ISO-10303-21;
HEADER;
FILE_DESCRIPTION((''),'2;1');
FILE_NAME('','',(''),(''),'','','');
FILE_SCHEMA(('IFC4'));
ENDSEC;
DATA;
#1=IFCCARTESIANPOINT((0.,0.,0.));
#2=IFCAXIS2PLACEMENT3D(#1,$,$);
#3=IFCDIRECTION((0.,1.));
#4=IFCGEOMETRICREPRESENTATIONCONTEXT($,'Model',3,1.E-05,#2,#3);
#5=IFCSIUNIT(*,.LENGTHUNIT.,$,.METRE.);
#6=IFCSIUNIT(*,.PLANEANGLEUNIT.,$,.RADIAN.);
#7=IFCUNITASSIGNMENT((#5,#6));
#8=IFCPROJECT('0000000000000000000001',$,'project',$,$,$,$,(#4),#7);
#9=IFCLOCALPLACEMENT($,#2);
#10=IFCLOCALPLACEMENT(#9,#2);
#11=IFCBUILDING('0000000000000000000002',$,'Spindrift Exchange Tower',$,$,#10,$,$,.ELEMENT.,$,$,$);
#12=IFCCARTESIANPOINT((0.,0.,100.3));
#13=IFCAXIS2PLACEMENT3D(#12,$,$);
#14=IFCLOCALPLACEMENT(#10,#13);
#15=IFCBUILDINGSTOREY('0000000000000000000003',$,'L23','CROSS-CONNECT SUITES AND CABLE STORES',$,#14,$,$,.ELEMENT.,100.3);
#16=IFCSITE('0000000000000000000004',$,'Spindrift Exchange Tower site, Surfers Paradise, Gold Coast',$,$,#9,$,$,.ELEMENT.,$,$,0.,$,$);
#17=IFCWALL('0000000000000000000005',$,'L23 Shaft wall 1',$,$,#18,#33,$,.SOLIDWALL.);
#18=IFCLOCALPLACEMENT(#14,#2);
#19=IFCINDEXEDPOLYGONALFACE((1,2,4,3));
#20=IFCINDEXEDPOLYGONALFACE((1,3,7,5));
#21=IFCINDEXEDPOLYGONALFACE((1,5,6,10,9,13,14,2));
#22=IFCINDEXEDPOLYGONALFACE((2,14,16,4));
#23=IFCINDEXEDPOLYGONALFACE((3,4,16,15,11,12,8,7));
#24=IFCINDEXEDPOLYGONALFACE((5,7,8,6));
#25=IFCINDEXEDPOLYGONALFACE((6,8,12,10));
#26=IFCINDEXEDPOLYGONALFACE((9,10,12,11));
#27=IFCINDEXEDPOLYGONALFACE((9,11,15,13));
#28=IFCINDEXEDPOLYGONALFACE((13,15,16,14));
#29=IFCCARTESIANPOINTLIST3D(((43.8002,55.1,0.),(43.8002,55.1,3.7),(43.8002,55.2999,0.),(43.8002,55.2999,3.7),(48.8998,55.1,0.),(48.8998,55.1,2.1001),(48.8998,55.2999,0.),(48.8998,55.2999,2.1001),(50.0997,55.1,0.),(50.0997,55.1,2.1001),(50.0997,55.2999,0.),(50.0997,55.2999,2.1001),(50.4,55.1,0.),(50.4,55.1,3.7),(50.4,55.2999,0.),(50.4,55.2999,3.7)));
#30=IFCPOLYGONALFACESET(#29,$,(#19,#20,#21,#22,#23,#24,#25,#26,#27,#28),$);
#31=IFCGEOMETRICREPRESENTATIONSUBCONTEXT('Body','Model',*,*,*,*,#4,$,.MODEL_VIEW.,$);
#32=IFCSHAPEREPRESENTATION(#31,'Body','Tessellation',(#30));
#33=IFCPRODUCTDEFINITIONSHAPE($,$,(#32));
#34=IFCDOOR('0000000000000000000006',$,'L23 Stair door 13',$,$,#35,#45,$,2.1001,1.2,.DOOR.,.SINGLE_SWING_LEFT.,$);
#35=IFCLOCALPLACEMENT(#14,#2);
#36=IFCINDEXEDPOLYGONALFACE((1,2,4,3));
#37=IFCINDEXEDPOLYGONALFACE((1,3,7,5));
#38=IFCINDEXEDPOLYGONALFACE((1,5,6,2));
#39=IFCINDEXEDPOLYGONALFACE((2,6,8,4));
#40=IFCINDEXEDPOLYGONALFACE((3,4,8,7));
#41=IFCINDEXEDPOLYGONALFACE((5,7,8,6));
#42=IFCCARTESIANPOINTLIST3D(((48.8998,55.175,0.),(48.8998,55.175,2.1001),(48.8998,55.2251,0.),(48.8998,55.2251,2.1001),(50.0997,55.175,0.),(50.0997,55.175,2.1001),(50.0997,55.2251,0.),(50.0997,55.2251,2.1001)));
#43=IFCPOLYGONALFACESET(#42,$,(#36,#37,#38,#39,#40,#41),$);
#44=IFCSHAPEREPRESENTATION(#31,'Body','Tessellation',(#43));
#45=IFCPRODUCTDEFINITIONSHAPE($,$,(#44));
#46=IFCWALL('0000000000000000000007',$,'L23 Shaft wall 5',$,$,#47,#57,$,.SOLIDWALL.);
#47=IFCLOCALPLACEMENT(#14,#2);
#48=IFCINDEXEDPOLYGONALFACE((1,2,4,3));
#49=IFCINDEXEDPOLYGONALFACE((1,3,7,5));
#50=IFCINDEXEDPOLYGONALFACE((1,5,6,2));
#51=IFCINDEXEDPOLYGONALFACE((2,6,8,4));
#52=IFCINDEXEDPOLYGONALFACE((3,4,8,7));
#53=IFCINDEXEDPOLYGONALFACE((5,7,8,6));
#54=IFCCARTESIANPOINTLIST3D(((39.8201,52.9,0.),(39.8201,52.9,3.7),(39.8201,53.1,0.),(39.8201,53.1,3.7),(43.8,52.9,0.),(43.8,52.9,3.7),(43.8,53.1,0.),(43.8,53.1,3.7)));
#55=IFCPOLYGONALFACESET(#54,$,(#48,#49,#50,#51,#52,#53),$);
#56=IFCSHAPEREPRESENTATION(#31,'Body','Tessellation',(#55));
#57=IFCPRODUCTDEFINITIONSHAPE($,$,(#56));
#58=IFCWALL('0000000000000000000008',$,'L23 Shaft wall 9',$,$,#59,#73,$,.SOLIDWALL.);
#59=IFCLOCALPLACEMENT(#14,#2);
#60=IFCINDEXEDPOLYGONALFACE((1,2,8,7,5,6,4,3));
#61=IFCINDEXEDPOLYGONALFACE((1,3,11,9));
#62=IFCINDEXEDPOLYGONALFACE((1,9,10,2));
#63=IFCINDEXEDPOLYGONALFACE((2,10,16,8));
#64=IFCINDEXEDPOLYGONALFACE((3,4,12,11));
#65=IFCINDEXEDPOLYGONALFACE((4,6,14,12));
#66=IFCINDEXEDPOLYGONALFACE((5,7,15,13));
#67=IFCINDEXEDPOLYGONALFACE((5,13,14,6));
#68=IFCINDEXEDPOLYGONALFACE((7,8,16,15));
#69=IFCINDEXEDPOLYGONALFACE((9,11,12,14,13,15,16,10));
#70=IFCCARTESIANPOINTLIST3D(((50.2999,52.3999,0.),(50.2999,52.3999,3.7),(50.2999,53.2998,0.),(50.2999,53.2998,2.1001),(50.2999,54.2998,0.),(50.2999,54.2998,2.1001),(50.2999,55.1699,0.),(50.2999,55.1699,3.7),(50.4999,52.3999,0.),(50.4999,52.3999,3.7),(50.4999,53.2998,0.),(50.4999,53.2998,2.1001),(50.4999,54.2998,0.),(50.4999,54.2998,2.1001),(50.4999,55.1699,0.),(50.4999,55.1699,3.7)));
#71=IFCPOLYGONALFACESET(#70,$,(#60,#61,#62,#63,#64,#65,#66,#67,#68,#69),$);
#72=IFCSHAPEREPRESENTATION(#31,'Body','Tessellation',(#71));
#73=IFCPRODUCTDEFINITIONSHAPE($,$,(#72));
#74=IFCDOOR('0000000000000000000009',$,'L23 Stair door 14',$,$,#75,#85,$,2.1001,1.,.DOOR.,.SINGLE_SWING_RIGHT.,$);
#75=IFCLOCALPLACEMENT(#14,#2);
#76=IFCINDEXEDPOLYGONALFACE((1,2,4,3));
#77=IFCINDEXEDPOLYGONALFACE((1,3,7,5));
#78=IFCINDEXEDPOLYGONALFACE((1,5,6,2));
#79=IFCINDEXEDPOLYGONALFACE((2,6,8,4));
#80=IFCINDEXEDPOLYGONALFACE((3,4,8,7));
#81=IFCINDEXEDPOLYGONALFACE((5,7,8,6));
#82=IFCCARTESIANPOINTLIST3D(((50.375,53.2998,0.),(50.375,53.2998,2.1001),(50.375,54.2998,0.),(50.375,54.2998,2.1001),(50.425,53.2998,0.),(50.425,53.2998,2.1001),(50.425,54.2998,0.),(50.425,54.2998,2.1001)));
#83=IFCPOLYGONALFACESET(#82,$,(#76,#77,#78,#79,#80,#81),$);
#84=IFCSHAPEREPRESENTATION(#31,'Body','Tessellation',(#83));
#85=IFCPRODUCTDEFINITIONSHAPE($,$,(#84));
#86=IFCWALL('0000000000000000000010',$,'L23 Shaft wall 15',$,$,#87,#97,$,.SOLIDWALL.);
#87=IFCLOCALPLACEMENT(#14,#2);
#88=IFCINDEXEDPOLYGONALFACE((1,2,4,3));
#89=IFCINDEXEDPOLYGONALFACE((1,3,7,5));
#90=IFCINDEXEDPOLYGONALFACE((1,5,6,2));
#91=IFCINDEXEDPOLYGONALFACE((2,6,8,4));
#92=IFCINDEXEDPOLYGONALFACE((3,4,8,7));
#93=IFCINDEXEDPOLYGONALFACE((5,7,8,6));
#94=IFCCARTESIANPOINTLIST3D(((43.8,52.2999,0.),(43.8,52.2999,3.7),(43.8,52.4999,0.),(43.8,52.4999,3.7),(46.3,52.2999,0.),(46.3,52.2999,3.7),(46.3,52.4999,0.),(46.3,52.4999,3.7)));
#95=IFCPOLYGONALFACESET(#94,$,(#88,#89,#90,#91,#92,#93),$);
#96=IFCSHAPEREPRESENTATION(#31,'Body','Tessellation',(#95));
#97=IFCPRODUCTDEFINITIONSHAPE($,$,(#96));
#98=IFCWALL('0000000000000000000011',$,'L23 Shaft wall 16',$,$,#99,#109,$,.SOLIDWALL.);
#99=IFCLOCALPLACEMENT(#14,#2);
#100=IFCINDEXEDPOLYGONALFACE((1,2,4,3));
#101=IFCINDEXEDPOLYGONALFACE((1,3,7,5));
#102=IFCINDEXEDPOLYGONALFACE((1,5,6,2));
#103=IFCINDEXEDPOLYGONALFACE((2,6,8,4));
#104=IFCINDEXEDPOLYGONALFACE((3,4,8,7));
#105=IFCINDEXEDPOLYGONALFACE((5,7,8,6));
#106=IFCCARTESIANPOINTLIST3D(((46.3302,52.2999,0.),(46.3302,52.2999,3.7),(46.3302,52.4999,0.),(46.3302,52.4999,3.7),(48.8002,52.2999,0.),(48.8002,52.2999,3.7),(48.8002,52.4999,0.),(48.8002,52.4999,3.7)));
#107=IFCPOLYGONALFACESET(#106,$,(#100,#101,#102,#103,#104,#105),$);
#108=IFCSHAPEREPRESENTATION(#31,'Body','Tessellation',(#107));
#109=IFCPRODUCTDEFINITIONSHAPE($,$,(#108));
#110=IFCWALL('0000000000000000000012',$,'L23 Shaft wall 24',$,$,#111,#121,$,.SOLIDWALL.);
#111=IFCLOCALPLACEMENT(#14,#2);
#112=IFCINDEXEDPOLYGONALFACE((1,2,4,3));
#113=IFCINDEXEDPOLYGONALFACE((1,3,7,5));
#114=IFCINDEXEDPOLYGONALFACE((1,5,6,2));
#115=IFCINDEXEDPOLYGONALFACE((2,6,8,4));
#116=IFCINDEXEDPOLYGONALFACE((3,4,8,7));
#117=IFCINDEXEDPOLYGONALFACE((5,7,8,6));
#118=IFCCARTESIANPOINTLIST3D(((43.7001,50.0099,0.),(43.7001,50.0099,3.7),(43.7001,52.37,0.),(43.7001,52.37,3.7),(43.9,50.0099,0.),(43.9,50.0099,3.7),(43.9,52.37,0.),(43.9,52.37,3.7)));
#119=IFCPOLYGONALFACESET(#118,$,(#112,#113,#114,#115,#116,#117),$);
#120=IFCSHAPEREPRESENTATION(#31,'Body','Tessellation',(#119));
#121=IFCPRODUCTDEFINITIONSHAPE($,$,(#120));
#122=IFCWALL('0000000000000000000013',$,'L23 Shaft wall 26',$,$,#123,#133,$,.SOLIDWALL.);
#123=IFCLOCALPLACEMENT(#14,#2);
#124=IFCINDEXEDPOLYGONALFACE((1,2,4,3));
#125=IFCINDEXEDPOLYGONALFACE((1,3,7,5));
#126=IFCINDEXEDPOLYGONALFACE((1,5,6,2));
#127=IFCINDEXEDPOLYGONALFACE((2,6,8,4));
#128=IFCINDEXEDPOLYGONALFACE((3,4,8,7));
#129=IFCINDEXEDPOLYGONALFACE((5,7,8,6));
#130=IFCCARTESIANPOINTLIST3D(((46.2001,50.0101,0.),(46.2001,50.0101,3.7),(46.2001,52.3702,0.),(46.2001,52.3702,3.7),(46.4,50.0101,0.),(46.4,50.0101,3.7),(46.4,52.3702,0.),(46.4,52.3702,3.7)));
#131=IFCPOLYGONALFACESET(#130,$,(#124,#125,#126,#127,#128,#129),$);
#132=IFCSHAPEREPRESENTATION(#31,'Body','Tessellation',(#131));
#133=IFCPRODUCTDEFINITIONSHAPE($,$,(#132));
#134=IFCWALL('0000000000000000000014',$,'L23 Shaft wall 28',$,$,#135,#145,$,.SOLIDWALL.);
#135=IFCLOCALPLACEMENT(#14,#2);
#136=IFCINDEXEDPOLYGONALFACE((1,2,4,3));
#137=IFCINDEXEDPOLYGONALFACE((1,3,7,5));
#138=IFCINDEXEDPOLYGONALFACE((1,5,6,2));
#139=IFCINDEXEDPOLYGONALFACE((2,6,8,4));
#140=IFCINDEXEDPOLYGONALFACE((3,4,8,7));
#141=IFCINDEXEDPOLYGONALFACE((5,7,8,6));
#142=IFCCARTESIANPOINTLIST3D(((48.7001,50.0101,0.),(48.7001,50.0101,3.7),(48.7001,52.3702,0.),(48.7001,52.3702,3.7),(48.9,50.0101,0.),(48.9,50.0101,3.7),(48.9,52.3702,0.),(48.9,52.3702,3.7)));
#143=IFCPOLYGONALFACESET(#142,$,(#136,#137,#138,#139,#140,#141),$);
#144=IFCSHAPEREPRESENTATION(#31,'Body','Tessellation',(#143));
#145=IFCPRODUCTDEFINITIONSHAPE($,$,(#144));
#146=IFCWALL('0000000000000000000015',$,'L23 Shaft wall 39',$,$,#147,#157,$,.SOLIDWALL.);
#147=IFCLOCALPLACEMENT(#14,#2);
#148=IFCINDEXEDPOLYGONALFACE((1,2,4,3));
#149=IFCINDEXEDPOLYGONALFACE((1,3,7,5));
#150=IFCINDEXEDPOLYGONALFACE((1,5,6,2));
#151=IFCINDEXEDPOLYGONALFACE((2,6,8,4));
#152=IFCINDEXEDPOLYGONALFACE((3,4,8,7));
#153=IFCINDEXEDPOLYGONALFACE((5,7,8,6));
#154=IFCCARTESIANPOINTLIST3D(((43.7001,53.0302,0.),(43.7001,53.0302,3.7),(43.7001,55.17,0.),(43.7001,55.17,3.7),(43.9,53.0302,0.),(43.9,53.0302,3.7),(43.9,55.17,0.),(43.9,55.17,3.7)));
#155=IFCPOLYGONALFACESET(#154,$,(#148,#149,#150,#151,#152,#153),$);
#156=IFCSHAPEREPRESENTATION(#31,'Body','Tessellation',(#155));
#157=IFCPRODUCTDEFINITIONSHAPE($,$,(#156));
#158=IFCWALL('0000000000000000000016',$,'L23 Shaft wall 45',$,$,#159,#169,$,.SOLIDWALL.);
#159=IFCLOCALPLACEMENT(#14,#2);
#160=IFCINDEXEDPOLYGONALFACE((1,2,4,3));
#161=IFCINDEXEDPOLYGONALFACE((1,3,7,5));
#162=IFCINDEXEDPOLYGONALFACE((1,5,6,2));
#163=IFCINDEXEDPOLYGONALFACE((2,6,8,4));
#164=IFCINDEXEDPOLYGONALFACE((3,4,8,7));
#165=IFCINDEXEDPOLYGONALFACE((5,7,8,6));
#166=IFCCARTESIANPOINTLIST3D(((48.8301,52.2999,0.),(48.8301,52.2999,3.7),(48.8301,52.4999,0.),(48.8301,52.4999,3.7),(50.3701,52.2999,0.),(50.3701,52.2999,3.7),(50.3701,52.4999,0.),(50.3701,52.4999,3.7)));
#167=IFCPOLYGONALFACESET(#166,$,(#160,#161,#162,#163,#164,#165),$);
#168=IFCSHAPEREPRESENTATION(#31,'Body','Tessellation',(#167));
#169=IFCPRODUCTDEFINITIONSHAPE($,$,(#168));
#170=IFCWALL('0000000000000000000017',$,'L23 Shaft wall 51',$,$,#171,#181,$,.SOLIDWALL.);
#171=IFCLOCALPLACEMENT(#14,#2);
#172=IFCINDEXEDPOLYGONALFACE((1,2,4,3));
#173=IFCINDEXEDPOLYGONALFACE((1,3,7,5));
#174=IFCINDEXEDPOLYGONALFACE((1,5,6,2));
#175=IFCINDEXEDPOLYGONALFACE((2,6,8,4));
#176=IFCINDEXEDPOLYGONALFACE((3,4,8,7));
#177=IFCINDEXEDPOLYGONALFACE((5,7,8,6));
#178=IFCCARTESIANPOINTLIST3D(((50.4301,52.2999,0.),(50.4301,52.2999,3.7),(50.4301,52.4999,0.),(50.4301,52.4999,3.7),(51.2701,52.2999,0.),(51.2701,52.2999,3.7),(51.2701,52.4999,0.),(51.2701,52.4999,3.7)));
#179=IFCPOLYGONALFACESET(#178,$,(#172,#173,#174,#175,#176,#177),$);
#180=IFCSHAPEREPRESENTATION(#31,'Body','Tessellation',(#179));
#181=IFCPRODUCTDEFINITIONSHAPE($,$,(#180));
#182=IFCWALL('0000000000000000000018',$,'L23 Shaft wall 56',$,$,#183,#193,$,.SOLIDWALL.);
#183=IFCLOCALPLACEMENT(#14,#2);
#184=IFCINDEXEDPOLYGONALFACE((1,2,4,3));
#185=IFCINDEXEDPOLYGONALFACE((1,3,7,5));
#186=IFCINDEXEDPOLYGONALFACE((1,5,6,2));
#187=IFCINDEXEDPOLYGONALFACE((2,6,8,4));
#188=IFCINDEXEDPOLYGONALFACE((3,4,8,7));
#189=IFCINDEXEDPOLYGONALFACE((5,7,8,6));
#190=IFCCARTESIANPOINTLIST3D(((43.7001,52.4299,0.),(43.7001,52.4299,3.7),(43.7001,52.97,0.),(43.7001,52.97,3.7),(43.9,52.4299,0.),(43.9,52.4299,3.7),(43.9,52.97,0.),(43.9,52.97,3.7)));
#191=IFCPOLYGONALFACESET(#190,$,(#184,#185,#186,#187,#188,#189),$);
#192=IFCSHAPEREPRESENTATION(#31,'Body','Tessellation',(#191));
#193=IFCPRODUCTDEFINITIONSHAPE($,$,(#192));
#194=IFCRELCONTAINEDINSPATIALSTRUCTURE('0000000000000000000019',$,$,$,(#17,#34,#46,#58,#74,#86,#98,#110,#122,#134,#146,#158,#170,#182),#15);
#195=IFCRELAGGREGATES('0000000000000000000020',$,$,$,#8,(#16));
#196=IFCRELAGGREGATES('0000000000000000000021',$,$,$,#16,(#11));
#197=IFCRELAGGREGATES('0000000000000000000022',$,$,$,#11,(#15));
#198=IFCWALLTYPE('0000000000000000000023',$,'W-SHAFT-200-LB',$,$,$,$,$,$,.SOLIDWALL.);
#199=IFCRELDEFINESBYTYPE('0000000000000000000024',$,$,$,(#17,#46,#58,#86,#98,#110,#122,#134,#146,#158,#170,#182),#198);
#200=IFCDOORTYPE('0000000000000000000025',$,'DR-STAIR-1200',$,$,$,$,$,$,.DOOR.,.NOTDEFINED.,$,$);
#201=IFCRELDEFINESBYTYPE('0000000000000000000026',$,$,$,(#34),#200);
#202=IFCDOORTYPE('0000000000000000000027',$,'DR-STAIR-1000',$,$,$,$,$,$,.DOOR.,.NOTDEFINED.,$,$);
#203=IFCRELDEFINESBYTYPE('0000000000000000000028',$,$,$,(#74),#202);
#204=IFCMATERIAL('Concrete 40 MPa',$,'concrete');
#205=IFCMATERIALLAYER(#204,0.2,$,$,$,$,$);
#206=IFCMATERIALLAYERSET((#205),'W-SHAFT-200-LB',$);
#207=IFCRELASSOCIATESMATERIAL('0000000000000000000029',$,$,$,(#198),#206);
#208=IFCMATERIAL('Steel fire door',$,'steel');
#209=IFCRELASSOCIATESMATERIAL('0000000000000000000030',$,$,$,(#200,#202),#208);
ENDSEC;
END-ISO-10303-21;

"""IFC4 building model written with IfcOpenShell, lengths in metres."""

from ifc_helpers import new_model, si_unit, direction, frame, frame_2d, origin, place, context, subcontext, project, spatial, rectangle, extrude, source, transform, mapped, material, layer, layer_set, type_object, element, fill, save


model = new_model("IFC4")

# Units and contexts
model_context = context("Model", 3, precision=1e-05, world=origin(), true_north=direction((0.0, 1.0)))
body_context = subcontext(model_context, "Body", "Model", "MODEL_VIEW")
ifc_project = project(units=[si_unit("LENGTHUNIT", "METRE"), si_unit("PLANEANGLEUNIT", "RADIAN")], contexts=[model_context])

# Site, building, storey
site_placement = place(None, origin())
site = spatial("IfcSite", under=ifc_project, at=site_placement, Name="Spindrift Exchange Tower site, Surfers Paradise, Gold Coast", CompositionType="ELEMENT", RefElevation=0.0)
building_placement = place(site_placement, origin())
building = spatial("IfcBuilding", under=site, at=building_placement, Name="Spindrift Exchange Tower", CompositionType="ELEMENT")
storey_placement = place(building_placement, frame((0.0, 0.0, 100.3)))
storey = spatial("IfcBuildingStorey", under=building, at=storey_placement, Name="L23", Description="CROSS-CONNECT SUITES AND CABLE STORES", CompositionType="ELEMENT", Elevation=100.3)

# Shared definitions
ifc_material_1 = material(Name="Concrete 40 MPa", Category="concrete")

# Wall, opening, door
ifc_layer_1 = layer(ifc_material_1, 0.2)
ifc_layer_set_1 = layer_set([ifc_layer_1], Name="W-SHAFT-200-LB")
wall_type_1 = type_object("IfcWallType", Name="W-SHAFT-200-LB", PredefinedType="SOLIDWALL", material=ifc_layer_set_1)
wall_1_placement = place(storey_placement, frame((50.3999, 55.2, 0.0), z_axis=(0.0, 0.0, 1.0), x_axis=(-1.0, 0.0, 0.0)))
wall_1 = element("IfcWall", 1, at=wall_1_placement, inside=storey, type_object=wall_type_1, Name="L23 Shaft wall 1", PredefinedType="SOLIDWALL", context=body_context, shape_type="SweptSolid", body=[
    extrude(rectangle(XDim=6.5999, YDim=0.2, at=frame_2d((3.2998, 0.0))), origin(), (0.0, 0.0, 1.0), 3.7),
])
opening_1_placement = place(wall_1_placement, frame((0.3, 0.0, 0.0)))
opening_1 = element("IfcOpeningElement", 2, at=opening_1_placement, cuts=wall_1, PredefinedType="OPENING", context=body_context, shape_type="SweptSolid", body=[
    extrude(rectangle(XDim=1.2, YDim=2.1001, at=frame_2d((0.6001, 1.05))), frame((0.0, 0.1099, 0.0), z_axis=(0.0, -1.0, 0.0), x_axis=(1.0, 0.0, 0.0)), (0.0, 0.0, 1.0), 0.22),
])
ifc_material_2 = material(Name="Steel fire door", Category="steel")
door_type_1 = type_object("IfcDoorType", Name="DR-STAIR-1200", OperationType="NOTDEFINED", PredefinedType="DOOR", material=ifc_material_2)
shared_shape_1 = source(origin(), body_context, "Body", "SweptSolid", [
    extrude(rectangle(XDim=1.2, YDim=2.1001, at=frame_2d((0.6001, 1.05))), frame((0.0, 0.0249, 0.0), z_axis=(0.0, -1.0, 0.0), x_axis=(1.0, 0.0, 0.0)), (0.0, 0.0, 1.0), 0.05),
])
door_1_placement = place(opening_1_placement, origin())
door_1 = element("IfcDoor", 3, at=door_1_placement, inside=storey, type_object=door_type_1, Name="L23 Stair door 13", OperationType="SINGLE_SWING_LEFT", OverallHeight=2.1001, OverallWidth=1.2, PredefinedType="DOOR", context=body_context, shape_type="MappedRepresentation", body=[
    mapped(shared_shape_1, transform((0.0, 0.0, 0.0), scale=1.0)),
])
fill(opening_1, door_1)

# Wall
wall_2_placement = place(storey_placement, frame((43.8, 53.0, 0.0), z_axis=(0.0, 0.0, 1.0), x_axis=(-1.0, 0.0, 0.0)))
element("IfcWall", 4, at=wall_2_placement, inside=storey, type_object=wall_type_1, Name="L23 Shaft wall 5", PredefinedType="SOLIDWALL", context=body_context, shape_type="SweptSolid", body=[
    extrude(rectangle(XDim=3.98, YDim=0.2, at=frame_2d((1.99, 0.0))), origin(), (0.0, 0.0, 1.0), 3.7),
])

# Wall, opening, door
wall_3_placement = place(storey_placement, frame((50.3999, 52.3999, 0.0), z_axis=(0.0, 0.0, 1.0), x_axis=(0.0, 1.0, 0.0)))
wall_3 = element("IfcWall", 5, at=wall_3_placement, inside=storey, type_object=wall_type_1, Name="L23 Shaft wall 9", PredefinedType="SOLIDWALL", context=body_context, shape_type="SweptSolid", body=[
    extrude(rectangle(XDim=2.77, YDim=0.2, at=frame_2d((1.385, 0.0))), origin(), (0.0, 0.0, 1.0), 3.7),
])
opening_2_placement = place(wall_3_placement, frame((0.8999, 0.0, 0.0)))
opening_2 = element("IfcOpeningElement", 6, at=opening_2_placement, cuts=wall_3, PredefinedType="OPENING", context=body_context, shape_type="SweptSolid", body=[
    extrude(rectangle(XDim=1.0, YDim=2.1001, at=frame_2d((0.5, 1.05))), frame((0.0, 0.1099, 0.0), z_axis=(0.0, -1.0, 0.0), x_axis=(1.0, 0.0, 0.0)), (0.0, 0.0, 1.0), 0.22),
])
door_type_2 = type_object("IfcDoorType", Name="DR-STAIR-1000", OperationType="NOTDEFINED", PredefinedType="DOOR", material=ifc_material_2)
shared_shape_2 = source(origin(), body_context, "Body", "SweptSolid", [
    extrude(rectangle(XDim=1.0, YDim=2.1001, at=frame_2d((0.5, 1.05))), frame((0.0, 0.0249, 0.0), z_axis=(0.0, -1.0, 0.0), x_axis=(1.0, 0.0, 0.0)), (0.0, 0.0, 1.0), 0.05),
])
door_2_placement = place(opening_2_placement, origin())
door_2 = element("IfcDoor", 7, at=door_2_placement, inside=storey, type_object=door_type_2, Name="L23 Stair door 14", OperationType="SINGLE_SWING_RIGHT", OverallHeight=2.1001, OverallWidth=1.0, PredefinedType="DOOR", context=body_context, shape_type="MappedRepresentation", body=[
    mapped(shared_shape_2, transform((0.0, 0.0, 0.0), scale=1.0)),
])
fill(opening_2, door_2)

# Walls
wall_4_placement = place(storey_placement, frame((46.3, 52.3999, 0.0), z_axis=(0.0, 0.0, 1.0), x_axis=(-1.0, 0.0, 0.0)))
element("IfcWall", 8, at=wall_4_placement, inside=storey, type_object=wall_type_1, Name="L23 Shaft wall 15", PredefinedType="SOLIDWALL", context=body_context, shape_type="SweptSolid", body=[
    extrude(rectangle(XDim=2.5, YDim=0.2, at=frame_2d((1.25, 0.0))), origin(), (0.0, 0.0, 1.0), 3.7),
])
wall_5_placement = place(storey_placement, frame((48.8, 52.3999, 0.0), z_axis=(0.0, 0.0, 1.0), x_axis=(-1.0, 0.0, 0.0)))
element("IfcWall", 9, at=wall_5_placement, inside=storey, type_object=wall_type_1, Name="L23 Shaft wall 16", PredefinedType="SOLIDWALL", context=body_context, shape_type="SweptSolid", body=[
    extrude(rectangle(XDim=2.47, YDim=0.2, at=frame_2d((1.2349, 0.0))), origin(), (0.0, 0.0, 1.0), 3.7),
])
for number, where, z_axis, x_axis, name in (
    (10, (43.8, 52.3701, 0.0), (0.0, 0.0, 1.0), (0.0, -1.0, 0.0), "L23 Shaft wall 24"),
    (11, (46.3, 50.01, 0.0), (0.0, 0.0, 1.0), (0.0, 1.0, 0.0), "L23 Shaft wall 26"),
    (12, (48.8, 50.01, 0.0), (0.0, 0.0, 1.0), (0.0, 1.0, 0.0), "L23 Shaft wall 28"),
):
    element("IfcWall", number, at=place(storey_placement, frame(where, z_axis=z_axis, x_axis=x_axis)), inside=storey, type_object=wall_type_1, Name=name, PredefinedType="SOLIDWALL", context=body_context, shape_type="SweptSolid", body=[
        extrude(rectangle(XDim=2.3601, YDim=0.2, at=frame_2d((1.1802, 0.0))), origin(), (0.0, 0.0, 1.0), 3.7),
    ])
wall_6_placement = place(storey_placement, frame((43.8, 55.1699, 0.0), z_axis=(0.0, 0.0, 1.0), x_axis=(0.0, -1.0, 0.0)))
element("IfcWall", 13, at=wall_6_placement, inside=storey, type_object=wall_type_1, Name="L23 Shaft wall 39", PredefinedType="SOLIDWALL", context=body_context, shape_type="SweptSolid", body=[
    extrude(rectangle(XDim=2.1399, YDim=0.2, at=frame_2d((1.0698, 0.0))), origin(), (0.0, 0.0, 1.0), 3.7),
])
wall_7_placement = place(storey_placement, frame((50.3701, 52.3999, 0.0), z_axis=(0.0, 0.0, 1.0), x_axis=(-1.0, 0.0, 0.0)))
element("IfcWall", 14, at=wall_7_placement, inside=storey, type_object=wall_type_1, Name="L23 Shaft wall 45", PredefinedType="SOLIDWALL", context=body_context, shape_type="SweptSolid", body=[
    extrude(rectangle(XDim=1.54, YDim=0.2, at=frame_2d((0.77, 0.0))), origin(), (0.0, 0.0, 1.0), 3.7),
])
wall_8_placement = place(storey_placement, frame((51.27, 52.3999, 0.0), z_axis=(0.0, 0.0, 1.0), x_axis=(-1.0, 0.0, 0.0)))
element("IfcWall", 15, at=wall_8_placement, inside=storey, type_object=wall_type_1, Name="L23 Shaft wall 51", PredefinedType="SOLIDWALL", context=body_context, shape_type="SweptSolid", body=[
    extrude(rectangle(XDim=0.8401, YDim=0.2, at=frame_2d((0.4199, 0.0))), origin(), (0.0, 0.0, 1.0), 3.7),
])
wall_9_placement = place(storey_placement, frame((43.8, 52.4299, 0.0), z_axis=(0.0, 0.0, 1.0), x_axis=(0.0, 1.0, 0.0)))
element("IfcWall", 16, at=wall_9_placement, inside=storey, type_object=wall_type_1, Name="L23 Shaft wall 56", PredefinedType="SOLIDWALL", context=body_context, shape_type="SweptSolid", body=[
    extrude(rectangle(XDim=0.54, YDim=0.2, at=frame_2d((0.27, 0.0))), origin(), (0.0, 0.0, 1.0), 3.7),
])

save(model, "model.ifc")
